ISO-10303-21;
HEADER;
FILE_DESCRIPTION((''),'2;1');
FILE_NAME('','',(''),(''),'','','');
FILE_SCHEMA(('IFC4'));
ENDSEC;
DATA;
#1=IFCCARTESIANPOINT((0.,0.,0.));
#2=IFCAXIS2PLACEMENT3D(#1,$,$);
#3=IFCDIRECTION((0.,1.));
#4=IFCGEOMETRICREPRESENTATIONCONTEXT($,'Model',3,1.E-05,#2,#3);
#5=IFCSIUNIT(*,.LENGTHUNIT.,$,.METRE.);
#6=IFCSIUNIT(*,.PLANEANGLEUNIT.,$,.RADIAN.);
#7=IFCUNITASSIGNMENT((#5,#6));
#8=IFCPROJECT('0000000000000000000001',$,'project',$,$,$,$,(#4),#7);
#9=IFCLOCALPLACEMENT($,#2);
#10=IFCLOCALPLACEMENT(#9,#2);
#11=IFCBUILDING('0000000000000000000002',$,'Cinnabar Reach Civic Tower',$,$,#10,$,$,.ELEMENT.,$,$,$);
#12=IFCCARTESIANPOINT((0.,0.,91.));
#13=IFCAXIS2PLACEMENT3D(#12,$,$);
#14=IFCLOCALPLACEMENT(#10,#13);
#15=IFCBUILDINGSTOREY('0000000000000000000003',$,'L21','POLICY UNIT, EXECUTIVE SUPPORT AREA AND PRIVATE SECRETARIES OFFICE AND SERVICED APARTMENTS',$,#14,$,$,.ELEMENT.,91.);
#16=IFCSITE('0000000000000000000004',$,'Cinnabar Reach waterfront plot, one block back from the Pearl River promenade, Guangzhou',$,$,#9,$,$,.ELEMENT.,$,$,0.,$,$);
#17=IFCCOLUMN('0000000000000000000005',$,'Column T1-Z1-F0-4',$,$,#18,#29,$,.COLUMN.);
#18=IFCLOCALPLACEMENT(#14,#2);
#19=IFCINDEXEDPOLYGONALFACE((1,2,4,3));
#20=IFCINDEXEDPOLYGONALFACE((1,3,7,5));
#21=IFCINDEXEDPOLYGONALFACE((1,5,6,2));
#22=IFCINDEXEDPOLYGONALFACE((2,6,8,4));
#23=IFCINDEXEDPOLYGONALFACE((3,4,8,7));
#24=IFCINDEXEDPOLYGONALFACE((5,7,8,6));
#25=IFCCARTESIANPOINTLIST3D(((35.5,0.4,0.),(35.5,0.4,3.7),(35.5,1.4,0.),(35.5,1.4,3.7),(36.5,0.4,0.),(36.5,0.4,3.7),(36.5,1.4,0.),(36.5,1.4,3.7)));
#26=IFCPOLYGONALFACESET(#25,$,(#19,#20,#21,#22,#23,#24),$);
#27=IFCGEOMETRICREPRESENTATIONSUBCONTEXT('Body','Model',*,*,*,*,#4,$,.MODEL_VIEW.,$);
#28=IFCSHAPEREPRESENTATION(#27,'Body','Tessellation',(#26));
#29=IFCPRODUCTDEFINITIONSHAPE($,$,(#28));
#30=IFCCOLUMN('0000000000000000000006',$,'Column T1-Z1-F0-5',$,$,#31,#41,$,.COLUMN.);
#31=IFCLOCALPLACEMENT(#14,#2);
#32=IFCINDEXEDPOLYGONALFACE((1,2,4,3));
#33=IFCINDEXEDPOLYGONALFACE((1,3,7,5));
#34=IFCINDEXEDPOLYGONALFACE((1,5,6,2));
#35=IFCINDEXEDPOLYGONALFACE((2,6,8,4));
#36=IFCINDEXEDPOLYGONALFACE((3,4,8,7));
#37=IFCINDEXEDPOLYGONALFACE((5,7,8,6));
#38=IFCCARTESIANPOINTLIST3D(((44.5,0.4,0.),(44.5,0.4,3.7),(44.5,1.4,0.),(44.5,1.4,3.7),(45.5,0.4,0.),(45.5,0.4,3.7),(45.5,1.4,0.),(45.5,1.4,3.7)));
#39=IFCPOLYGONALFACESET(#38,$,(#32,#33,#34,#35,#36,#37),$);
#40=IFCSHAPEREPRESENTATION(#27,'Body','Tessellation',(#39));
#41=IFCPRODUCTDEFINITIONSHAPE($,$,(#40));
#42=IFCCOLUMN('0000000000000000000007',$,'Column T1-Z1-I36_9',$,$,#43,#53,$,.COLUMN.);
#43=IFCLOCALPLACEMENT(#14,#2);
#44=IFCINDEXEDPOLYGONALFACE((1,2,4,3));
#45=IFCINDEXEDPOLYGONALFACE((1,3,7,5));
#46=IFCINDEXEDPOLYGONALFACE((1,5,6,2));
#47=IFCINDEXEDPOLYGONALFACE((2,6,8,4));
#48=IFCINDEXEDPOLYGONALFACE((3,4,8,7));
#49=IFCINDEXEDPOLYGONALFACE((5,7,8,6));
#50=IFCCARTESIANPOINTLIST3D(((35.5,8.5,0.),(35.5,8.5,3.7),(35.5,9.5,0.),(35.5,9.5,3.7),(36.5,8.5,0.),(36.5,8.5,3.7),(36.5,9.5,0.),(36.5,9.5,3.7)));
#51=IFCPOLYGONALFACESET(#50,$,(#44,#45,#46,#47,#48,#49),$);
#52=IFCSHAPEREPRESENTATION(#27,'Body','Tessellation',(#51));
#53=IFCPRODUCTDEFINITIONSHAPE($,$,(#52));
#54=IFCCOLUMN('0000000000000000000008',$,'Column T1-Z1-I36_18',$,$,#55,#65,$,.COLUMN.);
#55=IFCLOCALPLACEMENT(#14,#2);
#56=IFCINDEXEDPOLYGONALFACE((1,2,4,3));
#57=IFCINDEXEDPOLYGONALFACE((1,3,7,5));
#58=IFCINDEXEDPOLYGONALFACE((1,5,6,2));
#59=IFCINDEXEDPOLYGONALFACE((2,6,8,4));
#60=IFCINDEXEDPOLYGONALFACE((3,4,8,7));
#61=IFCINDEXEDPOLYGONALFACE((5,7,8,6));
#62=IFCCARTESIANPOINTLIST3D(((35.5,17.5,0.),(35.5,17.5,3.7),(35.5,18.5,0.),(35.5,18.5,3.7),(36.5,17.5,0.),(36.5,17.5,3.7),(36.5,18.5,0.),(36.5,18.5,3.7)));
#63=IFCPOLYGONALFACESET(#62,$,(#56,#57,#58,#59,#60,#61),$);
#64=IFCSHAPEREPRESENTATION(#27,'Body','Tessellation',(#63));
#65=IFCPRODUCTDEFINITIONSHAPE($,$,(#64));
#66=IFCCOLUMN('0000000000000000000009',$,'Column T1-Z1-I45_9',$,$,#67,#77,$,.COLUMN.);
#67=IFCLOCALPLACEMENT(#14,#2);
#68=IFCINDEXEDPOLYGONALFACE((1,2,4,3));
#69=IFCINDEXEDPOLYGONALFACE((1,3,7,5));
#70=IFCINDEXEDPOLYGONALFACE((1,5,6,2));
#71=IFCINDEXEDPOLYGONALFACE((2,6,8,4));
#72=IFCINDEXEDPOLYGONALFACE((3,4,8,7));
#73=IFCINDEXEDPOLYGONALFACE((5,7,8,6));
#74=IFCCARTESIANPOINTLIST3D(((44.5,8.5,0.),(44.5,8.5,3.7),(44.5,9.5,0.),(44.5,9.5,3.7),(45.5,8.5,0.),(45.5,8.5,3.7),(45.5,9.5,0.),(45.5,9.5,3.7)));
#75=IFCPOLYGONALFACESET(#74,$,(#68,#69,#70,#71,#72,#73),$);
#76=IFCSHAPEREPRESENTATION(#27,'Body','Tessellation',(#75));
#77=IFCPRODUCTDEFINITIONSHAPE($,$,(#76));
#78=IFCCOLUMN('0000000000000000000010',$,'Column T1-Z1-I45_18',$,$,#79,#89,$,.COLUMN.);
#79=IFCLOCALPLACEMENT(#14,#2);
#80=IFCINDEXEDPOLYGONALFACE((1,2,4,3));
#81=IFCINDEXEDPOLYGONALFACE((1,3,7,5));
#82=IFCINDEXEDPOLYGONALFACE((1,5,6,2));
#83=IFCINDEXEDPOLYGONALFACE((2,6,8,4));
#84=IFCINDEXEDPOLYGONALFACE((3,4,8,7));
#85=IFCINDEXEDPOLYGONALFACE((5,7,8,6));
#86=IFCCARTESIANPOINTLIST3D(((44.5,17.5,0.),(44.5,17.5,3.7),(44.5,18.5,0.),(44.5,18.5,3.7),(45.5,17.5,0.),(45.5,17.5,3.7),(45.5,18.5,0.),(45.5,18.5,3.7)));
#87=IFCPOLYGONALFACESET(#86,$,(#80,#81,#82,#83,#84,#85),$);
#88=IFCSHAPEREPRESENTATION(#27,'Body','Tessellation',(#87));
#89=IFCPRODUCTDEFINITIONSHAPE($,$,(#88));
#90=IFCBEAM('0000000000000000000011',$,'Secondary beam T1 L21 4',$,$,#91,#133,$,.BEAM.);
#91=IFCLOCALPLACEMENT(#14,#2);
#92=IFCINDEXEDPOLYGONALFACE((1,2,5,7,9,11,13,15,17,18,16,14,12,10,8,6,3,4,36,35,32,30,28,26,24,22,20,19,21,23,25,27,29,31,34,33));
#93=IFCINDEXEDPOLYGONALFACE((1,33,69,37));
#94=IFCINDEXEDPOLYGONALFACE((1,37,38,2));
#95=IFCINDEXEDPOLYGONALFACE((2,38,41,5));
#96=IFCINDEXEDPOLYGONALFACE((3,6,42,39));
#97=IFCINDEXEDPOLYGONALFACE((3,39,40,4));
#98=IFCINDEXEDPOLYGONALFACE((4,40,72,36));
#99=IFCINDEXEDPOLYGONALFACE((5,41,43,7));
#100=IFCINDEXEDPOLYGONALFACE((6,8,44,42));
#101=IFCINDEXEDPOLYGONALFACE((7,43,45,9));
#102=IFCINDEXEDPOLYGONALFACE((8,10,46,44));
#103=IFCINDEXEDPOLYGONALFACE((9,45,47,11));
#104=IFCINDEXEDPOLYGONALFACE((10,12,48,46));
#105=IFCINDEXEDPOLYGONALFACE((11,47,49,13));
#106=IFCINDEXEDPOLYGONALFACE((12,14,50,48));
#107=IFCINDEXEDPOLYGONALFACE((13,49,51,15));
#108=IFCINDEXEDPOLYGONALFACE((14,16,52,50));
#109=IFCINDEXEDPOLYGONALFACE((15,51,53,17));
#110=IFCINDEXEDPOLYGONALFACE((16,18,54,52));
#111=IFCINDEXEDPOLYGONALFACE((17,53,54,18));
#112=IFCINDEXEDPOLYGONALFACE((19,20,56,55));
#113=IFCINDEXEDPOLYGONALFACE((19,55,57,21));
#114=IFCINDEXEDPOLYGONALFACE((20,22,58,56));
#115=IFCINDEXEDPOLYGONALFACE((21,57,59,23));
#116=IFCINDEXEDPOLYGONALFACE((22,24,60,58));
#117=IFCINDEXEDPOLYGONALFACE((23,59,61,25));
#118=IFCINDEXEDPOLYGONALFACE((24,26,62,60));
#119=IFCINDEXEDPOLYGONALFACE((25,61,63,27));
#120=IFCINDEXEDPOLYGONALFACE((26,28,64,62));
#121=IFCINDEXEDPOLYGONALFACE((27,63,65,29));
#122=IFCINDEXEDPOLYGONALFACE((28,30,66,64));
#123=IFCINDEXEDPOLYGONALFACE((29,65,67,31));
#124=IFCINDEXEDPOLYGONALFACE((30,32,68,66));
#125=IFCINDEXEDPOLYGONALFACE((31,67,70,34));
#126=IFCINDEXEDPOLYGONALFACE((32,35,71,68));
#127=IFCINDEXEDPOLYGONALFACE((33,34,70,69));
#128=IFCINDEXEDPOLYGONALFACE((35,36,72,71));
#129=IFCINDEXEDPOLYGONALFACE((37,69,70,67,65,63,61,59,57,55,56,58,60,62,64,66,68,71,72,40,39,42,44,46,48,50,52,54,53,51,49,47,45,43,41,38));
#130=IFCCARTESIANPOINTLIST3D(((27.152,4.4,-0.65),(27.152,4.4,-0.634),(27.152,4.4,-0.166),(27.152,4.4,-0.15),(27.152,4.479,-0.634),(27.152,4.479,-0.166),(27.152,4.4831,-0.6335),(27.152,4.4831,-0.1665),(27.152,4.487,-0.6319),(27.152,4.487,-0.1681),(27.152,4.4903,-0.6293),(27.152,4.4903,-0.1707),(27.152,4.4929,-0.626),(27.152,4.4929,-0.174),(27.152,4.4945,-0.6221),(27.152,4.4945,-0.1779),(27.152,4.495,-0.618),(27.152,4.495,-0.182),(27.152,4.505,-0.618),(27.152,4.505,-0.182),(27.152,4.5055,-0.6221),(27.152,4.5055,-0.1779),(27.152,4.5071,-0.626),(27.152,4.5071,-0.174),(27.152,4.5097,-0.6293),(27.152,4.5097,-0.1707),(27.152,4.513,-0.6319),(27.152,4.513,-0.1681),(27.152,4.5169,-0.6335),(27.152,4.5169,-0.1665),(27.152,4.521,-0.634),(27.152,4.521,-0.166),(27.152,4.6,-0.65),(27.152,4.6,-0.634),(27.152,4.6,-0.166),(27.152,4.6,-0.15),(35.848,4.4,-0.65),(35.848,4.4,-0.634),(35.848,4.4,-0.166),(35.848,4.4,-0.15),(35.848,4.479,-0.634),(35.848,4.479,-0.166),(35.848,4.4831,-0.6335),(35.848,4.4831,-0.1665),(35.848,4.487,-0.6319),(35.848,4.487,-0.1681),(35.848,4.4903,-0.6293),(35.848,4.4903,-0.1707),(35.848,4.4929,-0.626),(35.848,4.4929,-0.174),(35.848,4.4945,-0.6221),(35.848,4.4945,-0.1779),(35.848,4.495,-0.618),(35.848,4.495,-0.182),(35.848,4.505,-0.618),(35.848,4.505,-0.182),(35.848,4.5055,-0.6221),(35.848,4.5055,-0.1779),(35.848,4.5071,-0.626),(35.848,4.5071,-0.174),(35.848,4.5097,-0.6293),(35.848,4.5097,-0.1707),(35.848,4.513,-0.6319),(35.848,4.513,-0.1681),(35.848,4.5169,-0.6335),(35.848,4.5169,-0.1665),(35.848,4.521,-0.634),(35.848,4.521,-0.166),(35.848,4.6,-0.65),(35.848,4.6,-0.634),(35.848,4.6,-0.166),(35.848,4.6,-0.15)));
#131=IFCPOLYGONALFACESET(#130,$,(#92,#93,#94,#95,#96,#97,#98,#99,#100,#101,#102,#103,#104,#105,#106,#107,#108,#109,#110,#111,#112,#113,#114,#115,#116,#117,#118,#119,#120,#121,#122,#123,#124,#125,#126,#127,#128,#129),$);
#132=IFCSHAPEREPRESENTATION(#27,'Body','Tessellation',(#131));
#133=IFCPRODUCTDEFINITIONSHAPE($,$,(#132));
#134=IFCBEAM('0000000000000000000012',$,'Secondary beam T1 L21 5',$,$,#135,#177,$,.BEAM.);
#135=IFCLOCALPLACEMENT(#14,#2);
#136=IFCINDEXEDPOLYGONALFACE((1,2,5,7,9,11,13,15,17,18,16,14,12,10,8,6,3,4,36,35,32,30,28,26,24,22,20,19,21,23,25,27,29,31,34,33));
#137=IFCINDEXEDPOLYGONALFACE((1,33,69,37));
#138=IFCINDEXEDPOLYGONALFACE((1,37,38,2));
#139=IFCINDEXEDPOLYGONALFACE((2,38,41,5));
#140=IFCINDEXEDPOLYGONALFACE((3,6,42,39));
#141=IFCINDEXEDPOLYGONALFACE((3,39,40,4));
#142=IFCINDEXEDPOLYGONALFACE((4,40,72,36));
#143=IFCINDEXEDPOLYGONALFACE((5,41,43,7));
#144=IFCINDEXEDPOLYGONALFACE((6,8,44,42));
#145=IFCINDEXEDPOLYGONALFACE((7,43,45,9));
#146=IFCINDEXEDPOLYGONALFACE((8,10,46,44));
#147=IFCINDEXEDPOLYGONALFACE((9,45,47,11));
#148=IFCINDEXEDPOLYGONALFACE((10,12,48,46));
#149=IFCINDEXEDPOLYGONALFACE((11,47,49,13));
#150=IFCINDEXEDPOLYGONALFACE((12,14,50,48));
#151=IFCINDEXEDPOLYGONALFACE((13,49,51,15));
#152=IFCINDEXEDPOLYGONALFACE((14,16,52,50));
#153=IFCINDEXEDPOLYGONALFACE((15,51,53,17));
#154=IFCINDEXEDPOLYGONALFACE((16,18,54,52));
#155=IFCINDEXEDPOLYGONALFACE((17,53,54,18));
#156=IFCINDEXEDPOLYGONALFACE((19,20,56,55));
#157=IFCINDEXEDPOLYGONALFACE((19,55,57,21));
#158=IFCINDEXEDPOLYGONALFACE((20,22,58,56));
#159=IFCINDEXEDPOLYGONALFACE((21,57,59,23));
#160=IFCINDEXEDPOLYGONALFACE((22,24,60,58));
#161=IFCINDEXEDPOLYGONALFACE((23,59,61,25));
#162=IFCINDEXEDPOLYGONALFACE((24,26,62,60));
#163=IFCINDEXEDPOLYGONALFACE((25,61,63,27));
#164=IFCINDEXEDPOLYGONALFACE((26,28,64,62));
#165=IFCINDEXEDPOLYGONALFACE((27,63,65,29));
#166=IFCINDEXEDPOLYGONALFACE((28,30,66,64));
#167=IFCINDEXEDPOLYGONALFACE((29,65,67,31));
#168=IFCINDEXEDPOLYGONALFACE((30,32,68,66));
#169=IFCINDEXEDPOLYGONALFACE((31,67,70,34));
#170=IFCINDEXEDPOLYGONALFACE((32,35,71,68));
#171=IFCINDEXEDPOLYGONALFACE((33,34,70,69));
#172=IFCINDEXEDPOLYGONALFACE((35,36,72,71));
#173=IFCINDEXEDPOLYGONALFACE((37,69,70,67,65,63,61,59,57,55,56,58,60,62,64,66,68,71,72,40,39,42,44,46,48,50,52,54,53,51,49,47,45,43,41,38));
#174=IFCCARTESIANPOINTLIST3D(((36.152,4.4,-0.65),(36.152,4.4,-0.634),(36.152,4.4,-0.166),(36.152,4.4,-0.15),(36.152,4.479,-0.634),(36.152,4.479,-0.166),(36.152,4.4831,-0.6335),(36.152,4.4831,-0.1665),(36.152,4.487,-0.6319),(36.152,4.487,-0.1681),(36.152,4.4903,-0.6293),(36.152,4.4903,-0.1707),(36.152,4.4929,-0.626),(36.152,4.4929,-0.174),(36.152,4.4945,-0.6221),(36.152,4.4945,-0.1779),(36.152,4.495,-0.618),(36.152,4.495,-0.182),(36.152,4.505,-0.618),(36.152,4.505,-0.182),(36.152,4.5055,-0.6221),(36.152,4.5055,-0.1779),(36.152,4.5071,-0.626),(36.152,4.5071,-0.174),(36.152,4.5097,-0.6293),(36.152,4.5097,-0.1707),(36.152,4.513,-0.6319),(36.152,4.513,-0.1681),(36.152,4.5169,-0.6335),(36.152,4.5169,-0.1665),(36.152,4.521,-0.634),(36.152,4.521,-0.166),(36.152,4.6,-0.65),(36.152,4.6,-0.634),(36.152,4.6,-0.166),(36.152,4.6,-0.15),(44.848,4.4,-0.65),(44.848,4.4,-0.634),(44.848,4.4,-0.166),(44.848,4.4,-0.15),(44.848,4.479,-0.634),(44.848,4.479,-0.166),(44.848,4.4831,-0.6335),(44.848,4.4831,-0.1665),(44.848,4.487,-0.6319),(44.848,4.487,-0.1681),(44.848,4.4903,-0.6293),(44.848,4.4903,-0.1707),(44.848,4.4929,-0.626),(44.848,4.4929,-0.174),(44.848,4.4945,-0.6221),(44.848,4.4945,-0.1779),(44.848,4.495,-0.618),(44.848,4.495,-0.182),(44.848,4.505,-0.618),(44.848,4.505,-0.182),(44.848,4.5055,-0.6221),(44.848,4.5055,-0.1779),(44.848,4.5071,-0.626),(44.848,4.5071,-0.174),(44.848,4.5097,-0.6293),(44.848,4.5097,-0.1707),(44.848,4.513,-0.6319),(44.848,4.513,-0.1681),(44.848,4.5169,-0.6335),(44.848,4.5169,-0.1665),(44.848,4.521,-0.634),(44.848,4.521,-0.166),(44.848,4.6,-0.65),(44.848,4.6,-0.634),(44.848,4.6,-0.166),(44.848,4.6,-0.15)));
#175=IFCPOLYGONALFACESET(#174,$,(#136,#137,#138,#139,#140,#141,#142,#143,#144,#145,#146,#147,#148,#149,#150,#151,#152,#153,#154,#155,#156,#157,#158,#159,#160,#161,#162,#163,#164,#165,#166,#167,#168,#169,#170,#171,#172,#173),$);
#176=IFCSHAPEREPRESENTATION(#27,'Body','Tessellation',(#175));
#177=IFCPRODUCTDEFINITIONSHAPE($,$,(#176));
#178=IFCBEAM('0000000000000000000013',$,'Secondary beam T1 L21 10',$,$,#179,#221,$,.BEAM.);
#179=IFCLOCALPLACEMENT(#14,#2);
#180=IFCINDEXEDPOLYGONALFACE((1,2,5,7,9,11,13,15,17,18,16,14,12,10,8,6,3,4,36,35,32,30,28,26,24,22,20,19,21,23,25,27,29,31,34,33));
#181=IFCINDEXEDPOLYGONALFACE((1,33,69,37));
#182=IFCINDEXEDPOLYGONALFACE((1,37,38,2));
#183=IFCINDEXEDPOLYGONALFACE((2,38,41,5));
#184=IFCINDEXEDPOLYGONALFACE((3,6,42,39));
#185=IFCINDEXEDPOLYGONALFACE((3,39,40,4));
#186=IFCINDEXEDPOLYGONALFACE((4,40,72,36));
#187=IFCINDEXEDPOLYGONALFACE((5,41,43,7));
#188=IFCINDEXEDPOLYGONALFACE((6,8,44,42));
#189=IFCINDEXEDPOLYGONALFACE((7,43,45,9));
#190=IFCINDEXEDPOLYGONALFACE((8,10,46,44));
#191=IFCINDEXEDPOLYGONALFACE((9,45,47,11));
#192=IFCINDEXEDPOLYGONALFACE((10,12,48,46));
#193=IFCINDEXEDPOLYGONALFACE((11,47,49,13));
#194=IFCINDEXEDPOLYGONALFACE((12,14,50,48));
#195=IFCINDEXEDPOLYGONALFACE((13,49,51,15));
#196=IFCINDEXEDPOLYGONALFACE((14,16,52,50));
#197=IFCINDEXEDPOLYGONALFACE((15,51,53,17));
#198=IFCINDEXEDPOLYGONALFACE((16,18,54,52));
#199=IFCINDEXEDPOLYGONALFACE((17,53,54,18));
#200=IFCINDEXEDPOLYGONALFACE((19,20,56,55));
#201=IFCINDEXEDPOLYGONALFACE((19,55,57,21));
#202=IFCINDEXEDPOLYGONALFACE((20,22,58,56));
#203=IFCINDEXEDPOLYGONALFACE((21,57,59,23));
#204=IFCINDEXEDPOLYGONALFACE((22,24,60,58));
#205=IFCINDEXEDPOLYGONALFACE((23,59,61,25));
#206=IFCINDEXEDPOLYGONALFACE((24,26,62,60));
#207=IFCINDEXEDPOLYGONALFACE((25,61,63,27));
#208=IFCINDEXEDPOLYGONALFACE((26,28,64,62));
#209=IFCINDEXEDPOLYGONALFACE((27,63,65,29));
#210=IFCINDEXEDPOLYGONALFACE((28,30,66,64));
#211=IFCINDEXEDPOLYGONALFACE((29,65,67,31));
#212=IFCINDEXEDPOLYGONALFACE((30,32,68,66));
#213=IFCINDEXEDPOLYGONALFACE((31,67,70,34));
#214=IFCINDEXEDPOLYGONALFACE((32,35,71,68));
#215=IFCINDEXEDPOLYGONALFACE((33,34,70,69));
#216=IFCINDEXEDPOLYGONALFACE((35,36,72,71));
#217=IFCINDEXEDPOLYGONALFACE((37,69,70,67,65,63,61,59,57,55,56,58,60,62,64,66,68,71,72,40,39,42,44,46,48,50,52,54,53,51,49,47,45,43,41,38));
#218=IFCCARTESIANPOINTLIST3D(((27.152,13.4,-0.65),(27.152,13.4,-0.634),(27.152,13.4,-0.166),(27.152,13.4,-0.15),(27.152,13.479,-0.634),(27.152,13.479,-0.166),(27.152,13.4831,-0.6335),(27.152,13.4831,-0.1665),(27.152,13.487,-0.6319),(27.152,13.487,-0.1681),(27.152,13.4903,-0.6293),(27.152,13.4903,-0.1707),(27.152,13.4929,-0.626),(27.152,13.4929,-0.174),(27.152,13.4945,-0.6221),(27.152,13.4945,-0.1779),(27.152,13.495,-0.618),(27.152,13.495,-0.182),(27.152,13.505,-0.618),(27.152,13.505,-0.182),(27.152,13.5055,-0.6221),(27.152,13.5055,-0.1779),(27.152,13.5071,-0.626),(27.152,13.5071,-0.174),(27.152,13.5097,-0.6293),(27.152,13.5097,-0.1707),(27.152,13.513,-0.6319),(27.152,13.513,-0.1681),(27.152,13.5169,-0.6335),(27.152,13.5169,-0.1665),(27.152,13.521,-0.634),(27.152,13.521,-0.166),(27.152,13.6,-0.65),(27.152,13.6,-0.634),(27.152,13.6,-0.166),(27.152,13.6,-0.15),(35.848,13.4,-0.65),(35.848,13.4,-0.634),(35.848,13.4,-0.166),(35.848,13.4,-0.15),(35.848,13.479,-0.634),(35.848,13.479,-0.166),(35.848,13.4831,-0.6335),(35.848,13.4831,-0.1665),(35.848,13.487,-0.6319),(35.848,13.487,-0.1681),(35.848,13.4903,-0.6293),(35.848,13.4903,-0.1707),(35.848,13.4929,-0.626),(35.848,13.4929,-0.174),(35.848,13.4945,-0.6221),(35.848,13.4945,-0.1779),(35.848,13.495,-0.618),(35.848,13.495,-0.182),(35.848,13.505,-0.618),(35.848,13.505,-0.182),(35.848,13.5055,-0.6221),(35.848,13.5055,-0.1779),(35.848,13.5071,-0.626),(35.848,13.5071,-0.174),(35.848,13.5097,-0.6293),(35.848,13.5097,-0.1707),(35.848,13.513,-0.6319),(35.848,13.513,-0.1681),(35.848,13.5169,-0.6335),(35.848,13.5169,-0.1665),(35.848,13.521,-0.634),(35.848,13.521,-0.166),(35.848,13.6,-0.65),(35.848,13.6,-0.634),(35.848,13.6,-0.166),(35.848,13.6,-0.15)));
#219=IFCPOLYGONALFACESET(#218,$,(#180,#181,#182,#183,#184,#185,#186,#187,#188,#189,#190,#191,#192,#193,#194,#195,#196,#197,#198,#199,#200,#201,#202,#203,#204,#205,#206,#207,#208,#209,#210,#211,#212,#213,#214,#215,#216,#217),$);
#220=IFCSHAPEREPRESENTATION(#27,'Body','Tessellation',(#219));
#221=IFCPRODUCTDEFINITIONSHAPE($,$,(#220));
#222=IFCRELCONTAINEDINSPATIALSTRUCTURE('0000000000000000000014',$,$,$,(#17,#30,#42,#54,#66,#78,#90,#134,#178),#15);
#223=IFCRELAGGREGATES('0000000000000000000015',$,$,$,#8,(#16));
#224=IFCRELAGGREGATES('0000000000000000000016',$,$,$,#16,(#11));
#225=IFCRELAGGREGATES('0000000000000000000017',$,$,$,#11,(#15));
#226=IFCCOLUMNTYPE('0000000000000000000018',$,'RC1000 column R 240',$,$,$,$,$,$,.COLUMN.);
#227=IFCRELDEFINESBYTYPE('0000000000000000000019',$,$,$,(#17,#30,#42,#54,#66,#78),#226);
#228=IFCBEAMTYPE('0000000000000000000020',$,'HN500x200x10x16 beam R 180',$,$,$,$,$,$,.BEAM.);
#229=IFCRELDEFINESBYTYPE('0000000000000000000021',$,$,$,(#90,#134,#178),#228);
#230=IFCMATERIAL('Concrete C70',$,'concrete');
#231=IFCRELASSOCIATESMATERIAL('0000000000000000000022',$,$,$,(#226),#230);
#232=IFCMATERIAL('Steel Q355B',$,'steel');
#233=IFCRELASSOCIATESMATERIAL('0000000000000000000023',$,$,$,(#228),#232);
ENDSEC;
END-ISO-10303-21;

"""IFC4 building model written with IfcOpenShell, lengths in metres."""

from ifc_helpers import new_model, si_unit, direction, frame, origin, origin_2d, place, context, subcontext, project, spatial, rectangle, i_section, extrude, material, material_profile, profile_set, type_object, element, save


model = new_model("IFC4")

# Units and contexts
model_context = context("Model", 3, precision=1e-05, world=origin(), true_north=direction((0.0, 1.0)))
body_context = subcontext(model_context, "Body", "Model", "MODEL_VIEW")
ifc_project = project(units=[si_unit("LENGTHUNIT", "METRE"), si_unit("PLANEANGLEUNIT", "RADIAN")], contexts=[model_context])

# Site, building, storey
site_placement = place(None, origin())
site = spatial("IfcSite", under=ifc_project, at=site_placement, Name="Cinnabar Reach waterfront plot, one block back from the Pearl River promenade, Guangzhou", CompositionType="ELEMENT", RefElevation=0.0)
building_placement = place(site_placement, origin())
building = spatial("IfcBuilding", under=site, at=building_placement, Name="Cinnabar Reach Civic Tower", CompositionType="ELEMENT")
storey_placement = place(building_placement, frame((0.0, 0.0, 91.0)))
storey = spatial("IfcBuildingStorey", under=building, at=storey_placement, Name="L21", Description="POLICY UNIT, EXECUTIVE SUPPORT AREA AND PRIVATE SECRETARIES OFFICE AND SERVICED APARTMENTS", CompositionType="ELEMENT", Elevation=91.0)

# Columns
ifc_material_1 = material(Name="Concrete C70", Category="concrete")
ifc_material_profile_1 = material_profile(ifc_material_1, rectangle(XDim=1.0, YDim=1.0, at=origin_2d()), Name="RC1000")
ifc_profile_set_1 = profile_set([ifc_material_profile_1], Name="Concrete C70")
column_type = type_object("IfcColumnType", Name="RC1000 column R 240", PredefinedType="COLUMN", material=ifc_profile_set_1)
for number, where, z_axis, x_axis, name in (
    (1, (36.0, 0.9, 0.0), (0.0, 0.0, 1.0), (1.0, 0.0, 0.0), "Column T1-Z1-F0-4"),
    (2, (45.0, 0.9, 0.0), (0.0, 0.0, 1.0), (1.0, 0.0, 0.0), "Column T1-Z1-F0-5"),
    (3, (36.0, 9.0, 0.0), (0.0, 0.0, 1.0), (1.0, 0.0, 0.0), "Column T1-Z1-I36_9"),
    (4, (36.0, 18.0, 0.0), (0.0, 0.0, 1.0), (1.0, 0.0, 0.0), "Column T1-Z1-I36_18"),
    (5, (45.0, 9.0, 0.0), (0.0, 0.0, 1.0), (1.0, 0.0, 0.0), "Column T1-Z1-I45_9"),
    (6, (45.0, 18.0, 0.0), (0.0, 0.0, 1.0), (1.0, 0.0, 0.0), "Column T1-Z1-I45_18"),
):
    element("IfcColumn", number, at=place(storey_placement, frame(where, z_axis=z_axis, x_axis=x_axis)), inside=storey, type_object=column_type, Name=name, PredefinedType="COLUMN", context=body_context, shape_type="SweptSolid", body=[
        extrude(rectangle(XDim=1.0, YDim=1.0, at=origin_2d()), origin(), (0.0, 0.0, 1.0), 3.7),
    ])

# Beams
ifc_material_2 = material(Name="Steel Q355B", Category="steel")
ifc_material_profile_2 = material_profile(ifc_material_2, i_section(OverallWidth=0.2, OverallDepth=0.5, WebThickness=0.01, FlangeThickness=0.016, FilletRadius=0.016, at=origin_2d()), Name="HN500x200x10x16")
ifc_profile_set_2 = profile_set([ifc_material_profile_2], Name="Steel Q355B")
beam_type_1 = type_object("IfcBeamType", Name="HN500x200x10x16 beam R 180", PredefinedType="BEAM", material=ifc_profile_set_2)
for number, where, z_axis, x_axis, name in (
    (7, (27.152, 4.5, -0.4), (1.0, 0.0, 0.0), (0.0, 1.0, 0.0), "Secondary beam T1 L21 4"),
    (8, (36.152, 4.5, -0.4), (1.0, 0.0, 0.0), (0.0, 1.0, 0.0), "Secondary beam T1 L21 5"),
    (9, (27.152, 13.5, -0.4), (1.0, 0.0, 0.0), (0.0, 1.0, 0.0), "Secondary beam T1 L21 10"),
):
    element("IfcBeam", number, at=place(storey_placement, frame(where, z_axis=z_axis, x_axis=x_axis)), inside=storey, type_object=beam_type_1, Name=name, PredefinedType="BEAM", context=body_context, shape_type="SweptSolid", body=[
        extrude(i_section(OverallWidth=0.2, OverallDepth=0.5, WebThickness=0.01, FlangeThickness=0.016, FilletRadius=0.016, at=origin_2d()), origin(), (0.0, 0.0, 1.0), 8.696),
    ])

save(model, "model.ifc")
